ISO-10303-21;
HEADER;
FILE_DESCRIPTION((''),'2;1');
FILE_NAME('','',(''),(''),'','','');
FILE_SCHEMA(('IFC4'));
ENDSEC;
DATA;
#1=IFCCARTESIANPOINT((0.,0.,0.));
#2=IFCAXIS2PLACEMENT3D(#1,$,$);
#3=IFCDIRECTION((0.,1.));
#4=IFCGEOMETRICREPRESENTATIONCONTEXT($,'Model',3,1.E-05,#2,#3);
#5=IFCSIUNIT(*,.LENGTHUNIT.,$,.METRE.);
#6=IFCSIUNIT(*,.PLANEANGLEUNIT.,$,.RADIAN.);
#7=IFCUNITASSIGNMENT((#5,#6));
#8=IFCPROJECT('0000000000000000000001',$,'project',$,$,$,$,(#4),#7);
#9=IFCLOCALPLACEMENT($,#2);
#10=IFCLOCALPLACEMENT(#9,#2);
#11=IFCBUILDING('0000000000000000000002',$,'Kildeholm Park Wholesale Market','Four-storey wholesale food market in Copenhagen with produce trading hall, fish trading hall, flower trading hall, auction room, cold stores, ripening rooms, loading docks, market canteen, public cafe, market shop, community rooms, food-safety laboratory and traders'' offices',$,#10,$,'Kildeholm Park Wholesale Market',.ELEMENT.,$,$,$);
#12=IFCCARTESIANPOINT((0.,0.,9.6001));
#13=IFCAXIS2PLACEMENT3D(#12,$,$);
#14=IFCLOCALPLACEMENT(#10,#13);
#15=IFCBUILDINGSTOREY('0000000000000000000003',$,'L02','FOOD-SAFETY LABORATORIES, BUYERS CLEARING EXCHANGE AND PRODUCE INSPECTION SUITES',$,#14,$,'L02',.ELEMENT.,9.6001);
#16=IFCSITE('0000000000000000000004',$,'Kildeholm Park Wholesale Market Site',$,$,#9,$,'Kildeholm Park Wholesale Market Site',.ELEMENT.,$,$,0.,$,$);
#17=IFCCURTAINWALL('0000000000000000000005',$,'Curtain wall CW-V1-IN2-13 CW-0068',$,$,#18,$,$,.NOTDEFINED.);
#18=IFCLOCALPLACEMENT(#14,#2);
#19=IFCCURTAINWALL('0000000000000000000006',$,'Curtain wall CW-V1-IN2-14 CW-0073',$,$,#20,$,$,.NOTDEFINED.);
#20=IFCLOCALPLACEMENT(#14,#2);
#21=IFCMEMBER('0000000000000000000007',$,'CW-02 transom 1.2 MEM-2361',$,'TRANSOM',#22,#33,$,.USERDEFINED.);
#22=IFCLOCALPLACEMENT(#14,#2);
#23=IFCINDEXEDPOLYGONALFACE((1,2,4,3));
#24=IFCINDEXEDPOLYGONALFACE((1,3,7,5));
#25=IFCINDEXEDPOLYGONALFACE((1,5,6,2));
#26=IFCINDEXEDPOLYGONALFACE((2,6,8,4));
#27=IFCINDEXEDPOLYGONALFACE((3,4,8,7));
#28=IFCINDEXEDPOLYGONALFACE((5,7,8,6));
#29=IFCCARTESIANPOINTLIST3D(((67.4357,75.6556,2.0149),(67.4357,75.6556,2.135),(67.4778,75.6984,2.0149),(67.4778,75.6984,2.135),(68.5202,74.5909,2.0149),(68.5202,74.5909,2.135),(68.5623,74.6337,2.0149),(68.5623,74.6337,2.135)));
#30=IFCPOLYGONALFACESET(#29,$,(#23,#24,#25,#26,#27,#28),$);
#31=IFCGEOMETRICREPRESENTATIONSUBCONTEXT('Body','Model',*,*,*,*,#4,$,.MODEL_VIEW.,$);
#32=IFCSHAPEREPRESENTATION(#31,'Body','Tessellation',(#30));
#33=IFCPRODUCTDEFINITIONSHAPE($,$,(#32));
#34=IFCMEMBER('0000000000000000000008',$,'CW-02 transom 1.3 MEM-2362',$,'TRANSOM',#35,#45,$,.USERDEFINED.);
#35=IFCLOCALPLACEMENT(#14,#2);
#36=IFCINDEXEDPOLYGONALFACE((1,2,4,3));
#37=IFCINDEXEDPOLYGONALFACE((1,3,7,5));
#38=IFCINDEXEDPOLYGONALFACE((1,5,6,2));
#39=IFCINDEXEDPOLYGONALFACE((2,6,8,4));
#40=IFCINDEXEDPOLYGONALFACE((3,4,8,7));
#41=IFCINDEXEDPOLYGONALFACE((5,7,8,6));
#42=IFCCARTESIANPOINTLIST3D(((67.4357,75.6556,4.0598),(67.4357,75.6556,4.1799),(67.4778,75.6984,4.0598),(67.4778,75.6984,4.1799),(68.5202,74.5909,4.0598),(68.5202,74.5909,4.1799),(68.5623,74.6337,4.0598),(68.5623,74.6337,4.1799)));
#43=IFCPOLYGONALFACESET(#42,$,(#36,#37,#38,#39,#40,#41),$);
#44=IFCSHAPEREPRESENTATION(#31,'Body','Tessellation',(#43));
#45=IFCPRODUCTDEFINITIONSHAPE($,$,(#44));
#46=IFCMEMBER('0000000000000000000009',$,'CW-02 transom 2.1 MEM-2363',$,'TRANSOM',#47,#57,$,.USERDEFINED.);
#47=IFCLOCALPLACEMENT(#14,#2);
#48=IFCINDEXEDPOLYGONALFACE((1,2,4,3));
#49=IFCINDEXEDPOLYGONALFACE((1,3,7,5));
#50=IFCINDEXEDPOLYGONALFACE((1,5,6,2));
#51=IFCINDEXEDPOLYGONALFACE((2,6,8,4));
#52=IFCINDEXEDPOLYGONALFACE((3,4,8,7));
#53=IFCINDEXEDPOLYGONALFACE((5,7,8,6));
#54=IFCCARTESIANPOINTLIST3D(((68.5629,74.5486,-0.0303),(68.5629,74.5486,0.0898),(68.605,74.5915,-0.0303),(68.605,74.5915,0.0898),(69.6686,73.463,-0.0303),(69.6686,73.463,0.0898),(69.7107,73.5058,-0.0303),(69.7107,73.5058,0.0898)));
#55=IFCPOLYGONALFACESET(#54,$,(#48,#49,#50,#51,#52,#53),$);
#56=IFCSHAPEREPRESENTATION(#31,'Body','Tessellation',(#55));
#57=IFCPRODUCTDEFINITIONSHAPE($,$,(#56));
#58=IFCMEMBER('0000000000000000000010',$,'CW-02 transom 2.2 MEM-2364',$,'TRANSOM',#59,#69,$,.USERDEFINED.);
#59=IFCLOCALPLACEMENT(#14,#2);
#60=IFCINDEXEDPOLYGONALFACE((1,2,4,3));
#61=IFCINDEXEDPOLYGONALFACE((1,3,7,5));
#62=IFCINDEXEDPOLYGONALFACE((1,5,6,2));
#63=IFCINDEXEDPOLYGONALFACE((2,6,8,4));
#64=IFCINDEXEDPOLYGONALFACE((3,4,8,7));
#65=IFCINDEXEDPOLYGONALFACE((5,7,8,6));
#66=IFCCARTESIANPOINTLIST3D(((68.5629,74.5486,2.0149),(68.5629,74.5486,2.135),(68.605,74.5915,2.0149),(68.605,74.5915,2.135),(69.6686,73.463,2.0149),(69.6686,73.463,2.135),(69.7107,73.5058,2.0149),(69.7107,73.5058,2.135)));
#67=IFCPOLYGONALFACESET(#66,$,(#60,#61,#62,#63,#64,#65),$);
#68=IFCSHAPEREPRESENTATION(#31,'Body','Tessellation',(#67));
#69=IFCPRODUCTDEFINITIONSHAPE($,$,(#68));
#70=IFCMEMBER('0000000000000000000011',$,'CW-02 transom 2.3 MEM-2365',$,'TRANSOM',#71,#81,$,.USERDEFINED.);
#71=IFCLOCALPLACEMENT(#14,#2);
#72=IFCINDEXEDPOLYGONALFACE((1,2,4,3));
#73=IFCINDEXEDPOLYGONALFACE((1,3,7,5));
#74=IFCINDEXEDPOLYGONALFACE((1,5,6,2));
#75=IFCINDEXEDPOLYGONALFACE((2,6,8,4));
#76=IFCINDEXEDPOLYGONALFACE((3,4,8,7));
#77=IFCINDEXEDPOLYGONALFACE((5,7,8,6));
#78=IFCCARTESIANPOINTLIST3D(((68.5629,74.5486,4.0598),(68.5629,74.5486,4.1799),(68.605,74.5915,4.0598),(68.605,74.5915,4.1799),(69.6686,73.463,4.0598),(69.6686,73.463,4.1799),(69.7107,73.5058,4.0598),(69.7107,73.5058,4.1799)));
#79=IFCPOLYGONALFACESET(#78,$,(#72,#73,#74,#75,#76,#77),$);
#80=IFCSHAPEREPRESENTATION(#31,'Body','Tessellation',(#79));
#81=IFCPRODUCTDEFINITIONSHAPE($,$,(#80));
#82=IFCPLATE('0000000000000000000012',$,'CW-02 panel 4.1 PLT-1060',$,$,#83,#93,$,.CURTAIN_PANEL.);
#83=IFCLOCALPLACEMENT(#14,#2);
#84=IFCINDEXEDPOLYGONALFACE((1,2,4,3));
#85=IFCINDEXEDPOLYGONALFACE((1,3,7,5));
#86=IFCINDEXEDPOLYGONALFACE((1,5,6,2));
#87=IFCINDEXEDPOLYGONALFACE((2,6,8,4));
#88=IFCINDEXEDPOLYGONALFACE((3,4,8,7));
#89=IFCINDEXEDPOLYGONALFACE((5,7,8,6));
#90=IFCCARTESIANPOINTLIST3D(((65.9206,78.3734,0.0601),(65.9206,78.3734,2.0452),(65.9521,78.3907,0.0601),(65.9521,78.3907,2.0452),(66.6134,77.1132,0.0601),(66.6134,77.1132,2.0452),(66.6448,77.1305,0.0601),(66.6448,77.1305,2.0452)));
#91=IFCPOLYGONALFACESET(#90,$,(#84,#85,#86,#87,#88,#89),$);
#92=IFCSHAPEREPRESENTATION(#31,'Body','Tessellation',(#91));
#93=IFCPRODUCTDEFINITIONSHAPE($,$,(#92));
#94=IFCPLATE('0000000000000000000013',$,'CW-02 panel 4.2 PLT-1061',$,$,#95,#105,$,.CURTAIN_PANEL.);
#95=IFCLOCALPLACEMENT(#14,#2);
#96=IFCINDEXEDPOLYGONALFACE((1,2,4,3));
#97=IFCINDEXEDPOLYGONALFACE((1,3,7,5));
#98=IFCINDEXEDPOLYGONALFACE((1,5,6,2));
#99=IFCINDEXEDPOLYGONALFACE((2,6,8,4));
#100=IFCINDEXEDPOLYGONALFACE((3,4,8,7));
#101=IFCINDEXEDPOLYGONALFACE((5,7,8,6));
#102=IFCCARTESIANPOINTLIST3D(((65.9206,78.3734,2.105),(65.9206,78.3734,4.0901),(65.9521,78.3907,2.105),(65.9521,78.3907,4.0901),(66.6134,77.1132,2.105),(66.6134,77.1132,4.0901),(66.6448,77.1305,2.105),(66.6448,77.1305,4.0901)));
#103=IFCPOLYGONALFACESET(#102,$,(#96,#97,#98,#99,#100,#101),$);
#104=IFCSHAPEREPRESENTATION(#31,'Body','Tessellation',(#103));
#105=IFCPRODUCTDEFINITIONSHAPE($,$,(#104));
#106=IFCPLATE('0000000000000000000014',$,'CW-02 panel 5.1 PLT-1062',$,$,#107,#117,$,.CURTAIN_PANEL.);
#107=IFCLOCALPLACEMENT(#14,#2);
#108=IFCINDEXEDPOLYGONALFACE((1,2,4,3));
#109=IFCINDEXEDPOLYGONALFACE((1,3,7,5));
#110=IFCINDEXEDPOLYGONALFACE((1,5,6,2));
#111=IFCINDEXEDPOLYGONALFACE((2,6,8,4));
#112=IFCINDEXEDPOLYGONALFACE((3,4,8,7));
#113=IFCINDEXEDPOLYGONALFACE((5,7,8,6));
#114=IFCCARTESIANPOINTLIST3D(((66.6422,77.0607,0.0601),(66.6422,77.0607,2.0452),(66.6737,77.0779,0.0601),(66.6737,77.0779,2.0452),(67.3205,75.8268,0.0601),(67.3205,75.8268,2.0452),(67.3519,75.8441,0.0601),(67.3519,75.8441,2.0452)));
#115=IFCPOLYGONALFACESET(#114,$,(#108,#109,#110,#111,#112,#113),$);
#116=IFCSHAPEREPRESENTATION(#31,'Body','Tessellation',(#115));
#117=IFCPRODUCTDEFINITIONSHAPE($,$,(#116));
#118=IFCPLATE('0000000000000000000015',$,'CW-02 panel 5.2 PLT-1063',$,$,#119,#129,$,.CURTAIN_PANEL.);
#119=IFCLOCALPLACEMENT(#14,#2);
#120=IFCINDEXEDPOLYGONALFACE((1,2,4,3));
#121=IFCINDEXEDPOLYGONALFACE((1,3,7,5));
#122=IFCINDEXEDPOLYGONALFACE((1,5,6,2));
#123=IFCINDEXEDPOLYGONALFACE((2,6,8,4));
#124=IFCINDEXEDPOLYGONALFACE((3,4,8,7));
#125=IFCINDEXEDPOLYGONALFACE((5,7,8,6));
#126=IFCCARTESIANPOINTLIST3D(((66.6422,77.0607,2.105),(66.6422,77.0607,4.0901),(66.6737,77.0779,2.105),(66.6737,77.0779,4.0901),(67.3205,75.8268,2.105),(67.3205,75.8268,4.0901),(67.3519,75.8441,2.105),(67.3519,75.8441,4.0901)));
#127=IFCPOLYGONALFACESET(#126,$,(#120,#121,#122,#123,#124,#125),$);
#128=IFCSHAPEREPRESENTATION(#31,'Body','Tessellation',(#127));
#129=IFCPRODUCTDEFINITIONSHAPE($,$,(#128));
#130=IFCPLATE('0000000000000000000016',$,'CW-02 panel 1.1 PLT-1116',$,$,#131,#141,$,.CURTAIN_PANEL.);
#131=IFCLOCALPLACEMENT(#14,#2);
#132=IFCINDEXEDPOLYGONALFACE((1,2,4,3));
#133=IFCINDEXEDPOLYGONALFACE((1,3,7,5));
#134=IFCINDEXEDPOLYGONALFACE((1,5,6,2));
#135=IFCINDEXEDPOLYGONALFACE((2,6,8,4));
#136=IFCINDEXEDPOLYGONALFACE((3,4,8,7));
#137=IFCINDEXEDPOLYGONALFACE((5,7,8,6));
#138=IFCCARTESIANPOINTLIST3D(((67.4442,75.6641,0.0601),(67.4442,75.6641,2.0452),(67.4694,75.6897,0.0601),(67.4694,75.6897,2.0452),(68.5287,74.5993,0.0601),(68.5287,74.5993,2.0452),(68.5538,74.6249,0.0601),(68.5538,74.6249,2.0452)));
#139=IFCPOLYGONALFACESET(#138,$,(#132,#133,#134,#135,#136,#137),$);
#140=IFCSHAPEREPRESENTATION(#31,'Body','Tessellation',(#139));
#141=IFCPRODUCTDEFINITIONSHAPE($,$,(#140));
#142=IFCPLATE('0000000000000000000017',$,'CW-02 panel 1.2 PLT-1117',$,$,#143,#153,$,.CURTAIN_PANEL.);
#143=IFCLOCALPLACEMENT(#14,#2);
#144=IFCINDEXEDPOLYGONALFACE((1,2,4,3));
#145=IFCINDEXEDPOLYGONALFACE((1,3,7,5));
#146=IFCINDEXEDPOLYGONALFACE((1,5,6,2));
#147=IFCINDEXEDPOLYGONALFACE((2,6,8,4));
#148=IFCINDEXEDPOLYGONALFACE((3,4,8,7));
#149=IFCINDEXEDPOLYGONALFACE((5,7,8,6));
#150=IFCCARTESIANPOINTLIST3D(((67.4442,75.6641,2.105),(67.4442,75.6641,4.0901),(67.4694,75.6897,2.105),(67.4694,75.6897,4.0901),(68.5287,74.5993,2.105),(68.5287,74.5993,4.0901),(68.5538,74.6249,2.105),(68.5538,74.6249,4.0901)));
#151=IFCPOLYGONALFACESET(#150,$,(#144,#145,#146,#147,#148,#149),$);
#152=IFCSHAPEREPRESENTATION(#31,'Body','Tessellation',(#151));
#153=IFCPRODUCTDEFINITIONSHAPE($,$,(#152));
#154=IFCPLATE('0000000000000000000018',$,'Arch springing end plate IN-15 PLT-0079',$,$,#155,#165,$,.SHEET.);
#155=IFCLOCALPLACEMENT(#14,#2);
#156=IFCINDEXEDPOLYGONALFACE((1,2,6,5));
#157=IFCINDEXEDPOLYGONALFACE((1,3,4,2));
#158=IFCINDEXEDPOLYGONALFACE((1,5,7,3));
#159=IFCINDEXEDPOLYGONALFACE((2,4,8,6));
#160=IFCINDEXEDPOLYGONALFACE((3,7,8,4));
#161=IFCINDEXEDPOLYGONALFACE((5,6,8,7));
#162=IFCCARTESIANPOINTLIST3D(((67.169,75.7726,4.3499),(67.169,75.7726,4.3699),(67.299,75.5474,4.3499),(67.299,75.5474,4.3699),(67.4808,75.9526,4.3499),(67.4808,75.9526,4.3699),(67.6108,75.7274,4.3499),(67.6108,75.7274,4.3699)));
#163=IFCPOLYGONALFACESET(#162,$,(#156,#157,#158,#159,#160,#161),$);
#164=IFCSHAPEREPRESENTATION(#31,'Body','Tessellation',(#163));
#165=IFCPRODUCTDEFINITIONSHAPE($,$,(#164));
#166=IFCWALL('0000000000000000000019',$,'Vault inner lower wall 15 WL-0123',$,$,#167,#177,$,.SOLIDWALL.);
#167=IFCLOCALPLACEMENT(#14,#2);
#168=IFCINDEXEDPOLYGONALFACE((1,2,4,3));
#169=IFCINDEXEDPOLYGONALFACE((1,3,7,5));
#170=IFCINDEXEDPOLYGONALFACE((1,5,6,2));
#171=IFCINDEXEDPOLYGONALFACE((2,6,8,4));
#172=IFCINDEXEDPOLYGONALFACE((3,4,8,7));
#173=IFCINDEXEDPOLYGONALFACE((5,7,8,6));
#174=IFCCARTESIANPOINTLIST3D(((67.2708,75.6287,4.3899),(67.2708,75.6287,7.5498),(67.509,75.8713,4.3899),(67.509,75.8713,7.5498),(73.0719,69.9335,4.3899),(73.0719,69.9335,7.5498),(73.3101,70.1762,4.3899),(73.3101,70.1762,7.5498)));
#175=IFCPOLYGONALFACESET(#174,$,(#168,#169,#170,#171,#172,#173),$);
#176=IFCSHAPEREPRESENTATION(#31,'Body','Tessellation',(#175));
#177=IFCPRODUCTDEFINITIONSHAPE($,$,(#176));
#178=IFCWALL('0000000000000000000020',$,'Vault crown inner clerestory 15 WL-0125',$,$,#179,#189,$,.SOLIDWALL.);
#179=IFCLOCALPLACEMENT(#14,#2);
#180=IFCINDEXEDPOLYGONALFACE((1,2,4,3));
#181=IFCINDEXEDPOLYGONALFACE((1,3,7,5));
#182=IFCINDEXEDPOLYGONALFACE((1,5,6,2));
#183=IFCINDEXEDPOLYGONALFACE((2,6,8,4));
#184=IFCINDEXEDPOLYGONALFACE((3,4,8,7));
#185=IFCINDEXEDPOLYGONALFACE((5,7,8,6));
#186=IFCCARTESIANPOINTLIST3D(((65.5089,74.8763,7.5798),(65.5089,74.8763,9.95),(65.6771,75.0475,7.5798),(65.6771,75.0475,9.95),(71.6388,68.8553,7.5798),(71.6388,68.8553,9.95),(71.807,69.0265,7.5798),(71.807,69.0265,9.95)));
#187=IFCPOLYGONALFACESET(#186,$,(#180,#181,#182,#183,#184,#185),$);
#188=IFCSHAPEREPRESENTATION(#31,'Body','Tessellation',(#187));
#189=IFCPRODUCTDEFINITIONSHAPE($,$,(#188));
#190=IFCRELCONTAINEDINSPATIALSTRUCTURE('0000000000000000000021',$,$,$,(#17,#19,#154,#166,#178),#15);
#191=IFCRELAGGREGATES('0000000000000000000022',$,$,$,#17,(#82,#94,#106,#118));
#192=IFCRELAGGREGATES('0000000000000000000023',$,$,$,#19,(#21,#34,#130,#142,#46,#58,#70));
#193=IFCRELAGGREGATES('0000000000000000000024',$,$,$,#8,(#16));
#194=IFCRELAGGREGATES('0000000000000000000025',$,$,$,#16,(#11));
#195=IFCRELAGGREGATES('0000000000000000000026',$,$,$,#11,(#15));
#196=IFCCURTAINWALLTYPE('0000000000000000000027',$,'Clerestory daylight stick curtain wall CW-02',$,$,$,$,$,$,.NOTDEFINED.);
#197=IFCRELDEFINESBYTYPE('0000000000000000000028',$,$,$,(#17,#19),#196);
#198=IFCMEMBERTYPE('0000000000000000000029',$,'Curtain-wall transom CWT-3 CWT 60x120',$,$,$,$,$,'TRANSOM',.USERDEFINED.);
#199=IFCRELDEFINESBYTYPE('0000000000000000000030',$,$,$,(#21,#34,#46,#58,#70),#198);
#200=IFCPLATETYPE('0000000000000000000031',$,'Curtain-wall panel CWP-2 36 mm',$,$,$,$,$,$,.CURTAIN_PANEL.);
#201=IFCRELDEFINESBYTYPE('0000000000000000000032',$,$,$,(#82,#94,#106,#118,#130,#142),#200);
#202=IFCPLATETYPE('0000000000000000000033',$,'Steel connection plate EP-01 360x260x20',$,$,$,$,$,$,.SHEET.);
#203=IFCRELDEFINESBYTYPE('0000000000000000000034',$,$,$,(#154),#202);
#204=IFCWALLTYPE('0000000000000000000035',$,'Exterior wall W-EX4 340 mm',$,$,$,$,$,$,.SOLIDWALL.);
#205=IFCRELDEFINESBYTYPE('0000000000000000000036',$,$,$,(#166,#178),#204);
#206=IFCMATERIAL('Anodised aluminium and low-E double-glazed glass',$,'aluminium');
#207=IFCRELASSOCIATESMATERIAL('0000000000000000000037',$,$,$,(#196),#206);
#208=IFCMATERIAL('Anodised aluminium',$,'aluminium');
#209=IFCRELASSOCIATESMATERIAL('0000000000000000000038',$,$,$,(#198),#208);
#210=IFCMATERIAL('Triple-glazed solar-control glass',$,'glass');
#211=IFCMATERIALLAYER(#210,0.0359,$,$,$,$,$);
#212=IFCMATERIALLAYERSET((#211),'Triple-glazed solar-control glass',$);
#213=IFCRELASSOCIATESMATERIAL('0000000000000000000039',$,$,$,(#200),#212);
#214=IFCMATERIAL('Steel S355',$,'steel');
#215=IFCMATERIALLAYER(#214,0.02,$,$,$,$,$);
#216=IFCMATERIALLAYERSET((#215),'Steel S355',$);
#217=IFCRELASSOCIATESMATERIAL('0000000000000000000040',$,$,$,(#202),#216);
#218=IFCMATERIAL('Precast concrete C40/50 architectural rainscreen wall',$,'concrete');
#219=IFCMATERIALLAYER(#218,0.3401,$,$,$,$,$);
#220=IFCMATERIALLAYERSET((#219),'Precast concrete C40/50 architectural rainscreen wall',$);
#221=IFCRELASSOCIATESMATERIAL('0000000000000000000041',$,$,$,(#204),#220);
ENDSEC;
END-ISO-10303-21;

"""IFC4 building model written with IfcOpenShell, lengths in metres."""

from ifc_helpers import new_model, si_unit, direction, frame, frame_2d, origin, origin_2d, place, context, subcontext, project, spatial, rectangle, extrude, material, layer, layer_set, material_profile, profile_set, type_object, element, aggregate, save


model = new_model("IFC4")

# Units and contexts
model_context = context("Model", 3, precision=1e-05, world=origin(), true_north=direction((0.0, 1.0)))
body_context = subcontext(model_context, "Body", "Model", "MODEL_VIEW")
ifc_project = project(units=[si_unit("LENGTHUNIT", "METRE"), si_unit("PLANEANGLEUNIT", "RADIAN")], contexts=[model_context])

# Site, building, storey
site_placement = place(None, origin())
site = spatial("IfcSite", under=ifc_project, at=site_placement, Name="Kildeholm Park Wholesale Market Site", LongName="Kildeholm Park Wholesale Market Site", CompositionType="ELEMENT", RefElevation=0.0)
building_placement = place(site_placement, origin())
building = spatial("IfcBuilding", under=site, at=building_placement, Name="Kildeholm Park Wholesale Market", Description="Four-storey wholesale food market in Copenhagen with produce trading hall, fish trading hall, flower trading hall, auction room, cold stores, ripening rooms, loading docks, market canteen, public cafe, market shop, community rooms, food-safety laboratory and traders' offices", LongName="Kildeholm Park Wholesale Market", CompositionType="ELEMENT")
storey_placement = place(building_placement, frame((0.0, 0.0, 9.6001)))
storey = spatial("IfcBuildingStorey", under=building, at=storey_placement, Name="L02", Description="FOOD-SAFETY LABORATORIES, BUYERS CLEARING EXCHANGE AND PRODUCE INSPECTION SUITES", LongName="L02", CompositionType="ELEMENT", Elevation=9.6001)

# Shared definitions
ifc_material_1 = material(Name="Steel S355", Category="steel")

# Curtain walls
ifc_material_2 = material(Name="Anodised aluminium and low-E double-glazed glass", Category="aluminium")
curtain_wall_type = type_object("IfcCurtainWallType", Name="Clerestory daylight stick curtain wall CW-02", PredefinedType="NOTDEFINED", material=ifc_material_2)
curtain_wall_1_placement = place(storey_placement, origin())
curtain_wall_1 = element("IfcCurtainWall", 1, at=curtain_wall_1_placement, inside=storey, type_object=curtain_wall_type, Name="Curtain wall CW-V1-IN2-13 CW-0068", PredefinedType="NOTDEFINED")
ifc_material_3 = material(Name="Anodised aluminium", Category="aluminium")
curtain_wall_2_placement = place(storey_placement, origin())
curtain_wall_2 = element("IfcCurtainWall", 2, at=curtain_wall_2_placement, inside=storey, type_object=curtain_wall_type, Name="Curtain wall CW-V1-IN2-14 CW-0073", PredefinedType="NOTDEFINED")

# Members
ifc_material_profile_1 = material_profile(ifc_material_3, rectangle(XDim=0.0601, YDim=0.1201, at=origin_2d()), Name="CWT 60x120")
ifc_profile_set_1 = profile_set([ifc_material_profile_1], Name="Anodised aluminium")
member_type_1 = type_object("IfcMemberType", Name="Curtain-wall transom CWT-3 CWT 60x120", ElementType="TRANSOM", PredefinedType="USERDEFINED", material=ifc_profile_set_1)
member_1_placement = place(storey_placement, frame((67.4568, 75.677, 2.075), z_axis=(0.713583, -0.700571, 0.0), x_axis=(0.700571, 0.713583, 0.0)))
member_1 = element("IfcMember", 3, at=member_1_placement, type_object=member_type_1, Name="CW-02 transom 1.2 MEM-2361", ObjectType="TRANSOM", PredefinedType="USERDEFINED", context=body_context, shape_type="SweptSolid", body=[
    extrude(rectangle(XDim=0.0601, YDim=0.1201, at=origin_2d()), origin(), (0.0, 0.0, 1.0), 1.5198),
])
member_2_placement = place(storey_placement, frame((67.4568, 75.677, 4.1199), z_axis=(0.713583, -0.700571, 0.0), x_axis=(0.700571, 0.713583, 0.0)))
member_2 = element("IfcMember", 4, at=member_2_placement, type_object=member_type_1, Name="CW-02 transom 1.3 MEM-2362", ObjectType="TRANSOM", PredefinedType="USERDEFINED", context=body_context, shape_type="SweptSolid", body=[
    extrude(rectangle(XDim=0.0601, YDim=0.1201, at=origin_2d()), origin(), (0.0, 0.0, 1.0), 1.5198),
])
member_3_placement = place(storey_placement, frame((68.584, 74.5701, 0.0298), z_axis=(0.713537, -0.700618, 0.0), x_axis=(0.700618, 0.713537, 0.0)))
member_3 = element("IfcMember", 5, at=member_3_placement, type_object=member_type_1, Name="CW-02 transom 2.1 MEM-2363", ObjectType="TRANSOM", PredefinedType="USERDEFINED", context=body_context, shape_type="SweptSolid", body=[
    extrude(rectangle(XDim=0.0601, YDim=0.1201, at=origin_2d()), origin(), (0.0, 0.0, 1.0), 1.5496),
])
member_4_placement = place(storey_placement, frame((68.584, 74.5701, 2.075), z_axis=(0.713537, -0.700618, 0.0), x_axis=(0.700618, 0.713537, 0.0)))
member_4 = element("IfcMember", 6, at=member_4_placement, type_object=member_type_1, Name="CW-02 transom 2.2 MEM-2364", ObjectType="TRANSOM", PredefinedType="USERDEFINED", context=body_context, shape_type="SweptSolid", body=[
    extrude(rectangle(XDim=0.0601, YDim=0.1201, at=origin_2d()), origin(), (0.0, 0.0, 1.0), 1.5496),
])
member_5_placement = place(storey_placement, frame((68.584, 74.5701, 4.1199), z_axis=(0.713537, -0.700618, 0.0), x_axis=(0.700618, 0.713537, 0.0)))
member_5 = element("IfcMember", 7, at=member_5_placement, type_object=member_type_1, Name="CW-02 transom 2.3 MEM-2365", ObjectType="TRANSOM", PredefinedType="USERDEFINED", context=body_context, shape_type="SweptSolid", body=[
    extrude(rectangle(XDim=0.0601, YDim=0.1201, at=origin_2d()), origin(), (0.0, 0.0, 1.0), 1.5496),
])

# Plates
ifc_material_4 = material(Name="Triple-glazed solar-control glass", Category="glass")
ifc_layer_1 = layer(ifc_material_4, 0.0359)
ifc_layer_set_1 = layer_set([ifc_layer_1], Name="Triple-glazed solar-control glass")
plate_type_1 = type_object("IfcPlateType", Name="Curtain-wall panel CWP-2 36 mm", PredefinedType="CURTAIN_PANEL", material=ifc_layer_set_1)
plate_1_placement = place(storey_placement, frame((66.2827, 77.752, 0.0601), z_axis=(0.0, 0.0, 1.0), x_axis=(0.48175, -0.876309, 0.0)))
plate_1 = element("IfcPlate", 8, at=plate_1_placement, type_object=plate_type_1, Name="CW-02 panel 4.1 PLT-1060", PredefinedType="CURTAIN_PANEL", context=body_context, shape_type="SweptSolid", body=[
    extrude(rectangle(XDim=1.438, YDim=0.0359, at=origin_2d()), origin(), (0.0, 0.0, 1.0), 1.9851),
])
plate_2_placement = place(storey_placement, frame((66.2827, 77.752, 2.105), z_axis=(0.0, 0.0, 1.0), x_axis=(0.48175, -0.876309, 0.0)))
plate_2 = element("IfcPlate", 9, at=plate_2_placement, type_object=plate_type_1, Name="CW-02 panel 4.2 PLT-1061", PredefinedType="CURTAIN_PANEL", context=body_context, shape_type="SweptSolid", body=[
    extrude(rectangle(XDim=1.438, YDim=0.0359, at=origin_2d()), origin(), (0.0, 0.0, 1.0), 1.9851),
])
plate_3_placement = place(storey_placement, frame((66.9971, 76.4524, 0.0601), z_axis=(0.0, 0.0, 1.0), x_axis=(0.48175, -0.876309, 0.0)))
plate_3 = element("IfcPlate", 10, at=plate_3_placement, type_object=plate_type_1, Name="CW-02 panel 5.1 PLT-1062", PredefinedType="CURTAIN_PANEL", context=body_context, shape_type="SweptSolid", body=[
    extrude(rectangle(XDim=1.408, YDim=0.0359, at=origin_2d()), origin(), (0.0, 0.0, 1.0), 1.9851),
])
plate_4_placement = place(storey_placement, frame((66.9971, 76.4524, 2.105), z_axis=(0.0, 0.0, 1.0), x_axis=(0.48175, -0.876309, 0.0)))
plate_4 = element("IfcPlate", 11, at=plate_4_placement, type_object=plate_type_1, Name="CW-02 panel 5.2 PLT-1063", PredefinedType="CURTAIN_PANEL", context=body_context, shape_type="SweptSolid", body=[
    extrude(rectangle(XDim=1.408, YDim=0.0359, at=origin_2d()), origin(), (0.0, 0.0, 1.0), 1.9851),
])
aggregate(curtain_wall_1, [plate_1, plate_2, plate_3, plate_4])
plate_5_placement = place(storey_placement, frame((67.999, 75.1445, 0.0601), z_axis=(0.0, 0.0, 1.0), x_axis=(0.713538, -0.700617, 0.0)))
plate_5 = element("IfcPlate", 12, at=plate_5_placement, type_object=plate_type_1, Name="CW-02 panel 1.1 PLT-1116", PredefinedType="CURTAIN_PANEL", context=body_context, shape_type="SweptSolid", body=[
    extrude(rectangle(XDim=1.5198, YDim=0.0359, at=origin_2d()), origin(), (0.0, 0.0, 1.0), 1.9851),
])
plate_6_placement = place(storey_placement, frame((67.999, 75.1445, 2.105), z_axis=(0.0, 0.0, 1.0), x_axis=(0.713538, -0.700617, 0.0)))
plate_6 = element("IfcPlate", 13, at=plate_6_placement, type_object=plate_type_1, Name="CW-02 panel 1.2 PLT-1117", PredefinedType="CURTAIN_PANEL", context=body_context, shape_type="SweptSolid", body=[
    extrude(rectangle(XDim=1.5198, YDim=0.0359, at=origin_2d()), origin(), (0.0, 0.0, 1.0), 1.9851),
])
aggregate(curtain_wall_2, [member_1, member_2, plate_5, plate_6, member_3, member_4, member_5])
ifc_layer_2 = layer(ifc_material_1, 0.02)
ifc_layer_set_2 = layer_set([ifc_layer_2], Name="Steel S355")
plate_type_2 = type_object("IfcPlateType", Name="Steel connection plate EP-01 360x260x20", PredefinedType="SHEET", material=ifc_layer_set_2)
plate_7_placement = place(storey_placement, frame((67.3899, 75.75, 4.3499), z_axis=(0.0, 0.0, 1.0), x_axis=(-0.866025, -0.5, 0.0)))
element("IfcPlate", 14, at=plate_7_placement, inside=storey, type_object=plate_type_2, Name="Arch springing end plate IN-15 PLT-0079", PredefinedType="SHEET", context=body_context, shape_type="SweptSolid", body=[
    extrude(rectangle(XDim=0.3601, YDim=0.26, at=origin_2d()), origin(), (0.0, 0.0, 1.0), 0.02),
])

# Walls
ifc_material_5 = material(Name="Precast concrete C40/50 architectural rainscreen wall", Category="concrete")
ifc_layer_3 = layer(ifc_material_5, 0.3401)
ifc_layer_set_3 = layer_set([ifc_layer_3], Name="Precast concrete C40/50 architectural rainscreen wall")
wall_type = type_object("IfcWallType", Name="Exterior wall W-EX4 340 mm", PredefinedType="SOLIDWALL", material=ifc_layer_set_3)
wall_1_placement = place(storey_placement, frame((67.3899, 75.75, 4.3899), z_axis=(0.0, 0.0, 1.0), x_axis=(0.713594, -0.70056, 0.0)))
element("IfcWall", 15, at=wall_1_placement, inside=storey, type_object=wall_type, Name="Vault inner lower wall 15 WL-0123", PredefinedType="SOLIDWALL", context=body_context, shape_type="SweptSolid", body=[
    extrude(rectangle(XDim=8.1294, YDim=0.3401, at=frame_2d((4.0647, 0.0))), origin(), (0.0, 0.0, 1.0), 3.1599),
])
wall_2_placement = place(storey_placement, frame((65.593, 74.9619, 7.5798), z_axis=(0.0, 0.0, 1.0), x_axis=(0.713415, -0.700742, 0.0)))
element("IfcWall", 16, at=wall_2_placement, inside=storey, type_object=wall_type, Name="Vault crown inner clerestory 15 WL-0125", PredefinedType="SOLIDWALL", context=body_context, shape_type="SweptSolid", body=[
    extrude(rectangle(XDim=8.5923, YDim=0.24, at=frame_2d((4.2961, 0.0))), origin(), (0.0, 0.0, 1.0), 2.3701),
])

save(model, "model.ifc")
